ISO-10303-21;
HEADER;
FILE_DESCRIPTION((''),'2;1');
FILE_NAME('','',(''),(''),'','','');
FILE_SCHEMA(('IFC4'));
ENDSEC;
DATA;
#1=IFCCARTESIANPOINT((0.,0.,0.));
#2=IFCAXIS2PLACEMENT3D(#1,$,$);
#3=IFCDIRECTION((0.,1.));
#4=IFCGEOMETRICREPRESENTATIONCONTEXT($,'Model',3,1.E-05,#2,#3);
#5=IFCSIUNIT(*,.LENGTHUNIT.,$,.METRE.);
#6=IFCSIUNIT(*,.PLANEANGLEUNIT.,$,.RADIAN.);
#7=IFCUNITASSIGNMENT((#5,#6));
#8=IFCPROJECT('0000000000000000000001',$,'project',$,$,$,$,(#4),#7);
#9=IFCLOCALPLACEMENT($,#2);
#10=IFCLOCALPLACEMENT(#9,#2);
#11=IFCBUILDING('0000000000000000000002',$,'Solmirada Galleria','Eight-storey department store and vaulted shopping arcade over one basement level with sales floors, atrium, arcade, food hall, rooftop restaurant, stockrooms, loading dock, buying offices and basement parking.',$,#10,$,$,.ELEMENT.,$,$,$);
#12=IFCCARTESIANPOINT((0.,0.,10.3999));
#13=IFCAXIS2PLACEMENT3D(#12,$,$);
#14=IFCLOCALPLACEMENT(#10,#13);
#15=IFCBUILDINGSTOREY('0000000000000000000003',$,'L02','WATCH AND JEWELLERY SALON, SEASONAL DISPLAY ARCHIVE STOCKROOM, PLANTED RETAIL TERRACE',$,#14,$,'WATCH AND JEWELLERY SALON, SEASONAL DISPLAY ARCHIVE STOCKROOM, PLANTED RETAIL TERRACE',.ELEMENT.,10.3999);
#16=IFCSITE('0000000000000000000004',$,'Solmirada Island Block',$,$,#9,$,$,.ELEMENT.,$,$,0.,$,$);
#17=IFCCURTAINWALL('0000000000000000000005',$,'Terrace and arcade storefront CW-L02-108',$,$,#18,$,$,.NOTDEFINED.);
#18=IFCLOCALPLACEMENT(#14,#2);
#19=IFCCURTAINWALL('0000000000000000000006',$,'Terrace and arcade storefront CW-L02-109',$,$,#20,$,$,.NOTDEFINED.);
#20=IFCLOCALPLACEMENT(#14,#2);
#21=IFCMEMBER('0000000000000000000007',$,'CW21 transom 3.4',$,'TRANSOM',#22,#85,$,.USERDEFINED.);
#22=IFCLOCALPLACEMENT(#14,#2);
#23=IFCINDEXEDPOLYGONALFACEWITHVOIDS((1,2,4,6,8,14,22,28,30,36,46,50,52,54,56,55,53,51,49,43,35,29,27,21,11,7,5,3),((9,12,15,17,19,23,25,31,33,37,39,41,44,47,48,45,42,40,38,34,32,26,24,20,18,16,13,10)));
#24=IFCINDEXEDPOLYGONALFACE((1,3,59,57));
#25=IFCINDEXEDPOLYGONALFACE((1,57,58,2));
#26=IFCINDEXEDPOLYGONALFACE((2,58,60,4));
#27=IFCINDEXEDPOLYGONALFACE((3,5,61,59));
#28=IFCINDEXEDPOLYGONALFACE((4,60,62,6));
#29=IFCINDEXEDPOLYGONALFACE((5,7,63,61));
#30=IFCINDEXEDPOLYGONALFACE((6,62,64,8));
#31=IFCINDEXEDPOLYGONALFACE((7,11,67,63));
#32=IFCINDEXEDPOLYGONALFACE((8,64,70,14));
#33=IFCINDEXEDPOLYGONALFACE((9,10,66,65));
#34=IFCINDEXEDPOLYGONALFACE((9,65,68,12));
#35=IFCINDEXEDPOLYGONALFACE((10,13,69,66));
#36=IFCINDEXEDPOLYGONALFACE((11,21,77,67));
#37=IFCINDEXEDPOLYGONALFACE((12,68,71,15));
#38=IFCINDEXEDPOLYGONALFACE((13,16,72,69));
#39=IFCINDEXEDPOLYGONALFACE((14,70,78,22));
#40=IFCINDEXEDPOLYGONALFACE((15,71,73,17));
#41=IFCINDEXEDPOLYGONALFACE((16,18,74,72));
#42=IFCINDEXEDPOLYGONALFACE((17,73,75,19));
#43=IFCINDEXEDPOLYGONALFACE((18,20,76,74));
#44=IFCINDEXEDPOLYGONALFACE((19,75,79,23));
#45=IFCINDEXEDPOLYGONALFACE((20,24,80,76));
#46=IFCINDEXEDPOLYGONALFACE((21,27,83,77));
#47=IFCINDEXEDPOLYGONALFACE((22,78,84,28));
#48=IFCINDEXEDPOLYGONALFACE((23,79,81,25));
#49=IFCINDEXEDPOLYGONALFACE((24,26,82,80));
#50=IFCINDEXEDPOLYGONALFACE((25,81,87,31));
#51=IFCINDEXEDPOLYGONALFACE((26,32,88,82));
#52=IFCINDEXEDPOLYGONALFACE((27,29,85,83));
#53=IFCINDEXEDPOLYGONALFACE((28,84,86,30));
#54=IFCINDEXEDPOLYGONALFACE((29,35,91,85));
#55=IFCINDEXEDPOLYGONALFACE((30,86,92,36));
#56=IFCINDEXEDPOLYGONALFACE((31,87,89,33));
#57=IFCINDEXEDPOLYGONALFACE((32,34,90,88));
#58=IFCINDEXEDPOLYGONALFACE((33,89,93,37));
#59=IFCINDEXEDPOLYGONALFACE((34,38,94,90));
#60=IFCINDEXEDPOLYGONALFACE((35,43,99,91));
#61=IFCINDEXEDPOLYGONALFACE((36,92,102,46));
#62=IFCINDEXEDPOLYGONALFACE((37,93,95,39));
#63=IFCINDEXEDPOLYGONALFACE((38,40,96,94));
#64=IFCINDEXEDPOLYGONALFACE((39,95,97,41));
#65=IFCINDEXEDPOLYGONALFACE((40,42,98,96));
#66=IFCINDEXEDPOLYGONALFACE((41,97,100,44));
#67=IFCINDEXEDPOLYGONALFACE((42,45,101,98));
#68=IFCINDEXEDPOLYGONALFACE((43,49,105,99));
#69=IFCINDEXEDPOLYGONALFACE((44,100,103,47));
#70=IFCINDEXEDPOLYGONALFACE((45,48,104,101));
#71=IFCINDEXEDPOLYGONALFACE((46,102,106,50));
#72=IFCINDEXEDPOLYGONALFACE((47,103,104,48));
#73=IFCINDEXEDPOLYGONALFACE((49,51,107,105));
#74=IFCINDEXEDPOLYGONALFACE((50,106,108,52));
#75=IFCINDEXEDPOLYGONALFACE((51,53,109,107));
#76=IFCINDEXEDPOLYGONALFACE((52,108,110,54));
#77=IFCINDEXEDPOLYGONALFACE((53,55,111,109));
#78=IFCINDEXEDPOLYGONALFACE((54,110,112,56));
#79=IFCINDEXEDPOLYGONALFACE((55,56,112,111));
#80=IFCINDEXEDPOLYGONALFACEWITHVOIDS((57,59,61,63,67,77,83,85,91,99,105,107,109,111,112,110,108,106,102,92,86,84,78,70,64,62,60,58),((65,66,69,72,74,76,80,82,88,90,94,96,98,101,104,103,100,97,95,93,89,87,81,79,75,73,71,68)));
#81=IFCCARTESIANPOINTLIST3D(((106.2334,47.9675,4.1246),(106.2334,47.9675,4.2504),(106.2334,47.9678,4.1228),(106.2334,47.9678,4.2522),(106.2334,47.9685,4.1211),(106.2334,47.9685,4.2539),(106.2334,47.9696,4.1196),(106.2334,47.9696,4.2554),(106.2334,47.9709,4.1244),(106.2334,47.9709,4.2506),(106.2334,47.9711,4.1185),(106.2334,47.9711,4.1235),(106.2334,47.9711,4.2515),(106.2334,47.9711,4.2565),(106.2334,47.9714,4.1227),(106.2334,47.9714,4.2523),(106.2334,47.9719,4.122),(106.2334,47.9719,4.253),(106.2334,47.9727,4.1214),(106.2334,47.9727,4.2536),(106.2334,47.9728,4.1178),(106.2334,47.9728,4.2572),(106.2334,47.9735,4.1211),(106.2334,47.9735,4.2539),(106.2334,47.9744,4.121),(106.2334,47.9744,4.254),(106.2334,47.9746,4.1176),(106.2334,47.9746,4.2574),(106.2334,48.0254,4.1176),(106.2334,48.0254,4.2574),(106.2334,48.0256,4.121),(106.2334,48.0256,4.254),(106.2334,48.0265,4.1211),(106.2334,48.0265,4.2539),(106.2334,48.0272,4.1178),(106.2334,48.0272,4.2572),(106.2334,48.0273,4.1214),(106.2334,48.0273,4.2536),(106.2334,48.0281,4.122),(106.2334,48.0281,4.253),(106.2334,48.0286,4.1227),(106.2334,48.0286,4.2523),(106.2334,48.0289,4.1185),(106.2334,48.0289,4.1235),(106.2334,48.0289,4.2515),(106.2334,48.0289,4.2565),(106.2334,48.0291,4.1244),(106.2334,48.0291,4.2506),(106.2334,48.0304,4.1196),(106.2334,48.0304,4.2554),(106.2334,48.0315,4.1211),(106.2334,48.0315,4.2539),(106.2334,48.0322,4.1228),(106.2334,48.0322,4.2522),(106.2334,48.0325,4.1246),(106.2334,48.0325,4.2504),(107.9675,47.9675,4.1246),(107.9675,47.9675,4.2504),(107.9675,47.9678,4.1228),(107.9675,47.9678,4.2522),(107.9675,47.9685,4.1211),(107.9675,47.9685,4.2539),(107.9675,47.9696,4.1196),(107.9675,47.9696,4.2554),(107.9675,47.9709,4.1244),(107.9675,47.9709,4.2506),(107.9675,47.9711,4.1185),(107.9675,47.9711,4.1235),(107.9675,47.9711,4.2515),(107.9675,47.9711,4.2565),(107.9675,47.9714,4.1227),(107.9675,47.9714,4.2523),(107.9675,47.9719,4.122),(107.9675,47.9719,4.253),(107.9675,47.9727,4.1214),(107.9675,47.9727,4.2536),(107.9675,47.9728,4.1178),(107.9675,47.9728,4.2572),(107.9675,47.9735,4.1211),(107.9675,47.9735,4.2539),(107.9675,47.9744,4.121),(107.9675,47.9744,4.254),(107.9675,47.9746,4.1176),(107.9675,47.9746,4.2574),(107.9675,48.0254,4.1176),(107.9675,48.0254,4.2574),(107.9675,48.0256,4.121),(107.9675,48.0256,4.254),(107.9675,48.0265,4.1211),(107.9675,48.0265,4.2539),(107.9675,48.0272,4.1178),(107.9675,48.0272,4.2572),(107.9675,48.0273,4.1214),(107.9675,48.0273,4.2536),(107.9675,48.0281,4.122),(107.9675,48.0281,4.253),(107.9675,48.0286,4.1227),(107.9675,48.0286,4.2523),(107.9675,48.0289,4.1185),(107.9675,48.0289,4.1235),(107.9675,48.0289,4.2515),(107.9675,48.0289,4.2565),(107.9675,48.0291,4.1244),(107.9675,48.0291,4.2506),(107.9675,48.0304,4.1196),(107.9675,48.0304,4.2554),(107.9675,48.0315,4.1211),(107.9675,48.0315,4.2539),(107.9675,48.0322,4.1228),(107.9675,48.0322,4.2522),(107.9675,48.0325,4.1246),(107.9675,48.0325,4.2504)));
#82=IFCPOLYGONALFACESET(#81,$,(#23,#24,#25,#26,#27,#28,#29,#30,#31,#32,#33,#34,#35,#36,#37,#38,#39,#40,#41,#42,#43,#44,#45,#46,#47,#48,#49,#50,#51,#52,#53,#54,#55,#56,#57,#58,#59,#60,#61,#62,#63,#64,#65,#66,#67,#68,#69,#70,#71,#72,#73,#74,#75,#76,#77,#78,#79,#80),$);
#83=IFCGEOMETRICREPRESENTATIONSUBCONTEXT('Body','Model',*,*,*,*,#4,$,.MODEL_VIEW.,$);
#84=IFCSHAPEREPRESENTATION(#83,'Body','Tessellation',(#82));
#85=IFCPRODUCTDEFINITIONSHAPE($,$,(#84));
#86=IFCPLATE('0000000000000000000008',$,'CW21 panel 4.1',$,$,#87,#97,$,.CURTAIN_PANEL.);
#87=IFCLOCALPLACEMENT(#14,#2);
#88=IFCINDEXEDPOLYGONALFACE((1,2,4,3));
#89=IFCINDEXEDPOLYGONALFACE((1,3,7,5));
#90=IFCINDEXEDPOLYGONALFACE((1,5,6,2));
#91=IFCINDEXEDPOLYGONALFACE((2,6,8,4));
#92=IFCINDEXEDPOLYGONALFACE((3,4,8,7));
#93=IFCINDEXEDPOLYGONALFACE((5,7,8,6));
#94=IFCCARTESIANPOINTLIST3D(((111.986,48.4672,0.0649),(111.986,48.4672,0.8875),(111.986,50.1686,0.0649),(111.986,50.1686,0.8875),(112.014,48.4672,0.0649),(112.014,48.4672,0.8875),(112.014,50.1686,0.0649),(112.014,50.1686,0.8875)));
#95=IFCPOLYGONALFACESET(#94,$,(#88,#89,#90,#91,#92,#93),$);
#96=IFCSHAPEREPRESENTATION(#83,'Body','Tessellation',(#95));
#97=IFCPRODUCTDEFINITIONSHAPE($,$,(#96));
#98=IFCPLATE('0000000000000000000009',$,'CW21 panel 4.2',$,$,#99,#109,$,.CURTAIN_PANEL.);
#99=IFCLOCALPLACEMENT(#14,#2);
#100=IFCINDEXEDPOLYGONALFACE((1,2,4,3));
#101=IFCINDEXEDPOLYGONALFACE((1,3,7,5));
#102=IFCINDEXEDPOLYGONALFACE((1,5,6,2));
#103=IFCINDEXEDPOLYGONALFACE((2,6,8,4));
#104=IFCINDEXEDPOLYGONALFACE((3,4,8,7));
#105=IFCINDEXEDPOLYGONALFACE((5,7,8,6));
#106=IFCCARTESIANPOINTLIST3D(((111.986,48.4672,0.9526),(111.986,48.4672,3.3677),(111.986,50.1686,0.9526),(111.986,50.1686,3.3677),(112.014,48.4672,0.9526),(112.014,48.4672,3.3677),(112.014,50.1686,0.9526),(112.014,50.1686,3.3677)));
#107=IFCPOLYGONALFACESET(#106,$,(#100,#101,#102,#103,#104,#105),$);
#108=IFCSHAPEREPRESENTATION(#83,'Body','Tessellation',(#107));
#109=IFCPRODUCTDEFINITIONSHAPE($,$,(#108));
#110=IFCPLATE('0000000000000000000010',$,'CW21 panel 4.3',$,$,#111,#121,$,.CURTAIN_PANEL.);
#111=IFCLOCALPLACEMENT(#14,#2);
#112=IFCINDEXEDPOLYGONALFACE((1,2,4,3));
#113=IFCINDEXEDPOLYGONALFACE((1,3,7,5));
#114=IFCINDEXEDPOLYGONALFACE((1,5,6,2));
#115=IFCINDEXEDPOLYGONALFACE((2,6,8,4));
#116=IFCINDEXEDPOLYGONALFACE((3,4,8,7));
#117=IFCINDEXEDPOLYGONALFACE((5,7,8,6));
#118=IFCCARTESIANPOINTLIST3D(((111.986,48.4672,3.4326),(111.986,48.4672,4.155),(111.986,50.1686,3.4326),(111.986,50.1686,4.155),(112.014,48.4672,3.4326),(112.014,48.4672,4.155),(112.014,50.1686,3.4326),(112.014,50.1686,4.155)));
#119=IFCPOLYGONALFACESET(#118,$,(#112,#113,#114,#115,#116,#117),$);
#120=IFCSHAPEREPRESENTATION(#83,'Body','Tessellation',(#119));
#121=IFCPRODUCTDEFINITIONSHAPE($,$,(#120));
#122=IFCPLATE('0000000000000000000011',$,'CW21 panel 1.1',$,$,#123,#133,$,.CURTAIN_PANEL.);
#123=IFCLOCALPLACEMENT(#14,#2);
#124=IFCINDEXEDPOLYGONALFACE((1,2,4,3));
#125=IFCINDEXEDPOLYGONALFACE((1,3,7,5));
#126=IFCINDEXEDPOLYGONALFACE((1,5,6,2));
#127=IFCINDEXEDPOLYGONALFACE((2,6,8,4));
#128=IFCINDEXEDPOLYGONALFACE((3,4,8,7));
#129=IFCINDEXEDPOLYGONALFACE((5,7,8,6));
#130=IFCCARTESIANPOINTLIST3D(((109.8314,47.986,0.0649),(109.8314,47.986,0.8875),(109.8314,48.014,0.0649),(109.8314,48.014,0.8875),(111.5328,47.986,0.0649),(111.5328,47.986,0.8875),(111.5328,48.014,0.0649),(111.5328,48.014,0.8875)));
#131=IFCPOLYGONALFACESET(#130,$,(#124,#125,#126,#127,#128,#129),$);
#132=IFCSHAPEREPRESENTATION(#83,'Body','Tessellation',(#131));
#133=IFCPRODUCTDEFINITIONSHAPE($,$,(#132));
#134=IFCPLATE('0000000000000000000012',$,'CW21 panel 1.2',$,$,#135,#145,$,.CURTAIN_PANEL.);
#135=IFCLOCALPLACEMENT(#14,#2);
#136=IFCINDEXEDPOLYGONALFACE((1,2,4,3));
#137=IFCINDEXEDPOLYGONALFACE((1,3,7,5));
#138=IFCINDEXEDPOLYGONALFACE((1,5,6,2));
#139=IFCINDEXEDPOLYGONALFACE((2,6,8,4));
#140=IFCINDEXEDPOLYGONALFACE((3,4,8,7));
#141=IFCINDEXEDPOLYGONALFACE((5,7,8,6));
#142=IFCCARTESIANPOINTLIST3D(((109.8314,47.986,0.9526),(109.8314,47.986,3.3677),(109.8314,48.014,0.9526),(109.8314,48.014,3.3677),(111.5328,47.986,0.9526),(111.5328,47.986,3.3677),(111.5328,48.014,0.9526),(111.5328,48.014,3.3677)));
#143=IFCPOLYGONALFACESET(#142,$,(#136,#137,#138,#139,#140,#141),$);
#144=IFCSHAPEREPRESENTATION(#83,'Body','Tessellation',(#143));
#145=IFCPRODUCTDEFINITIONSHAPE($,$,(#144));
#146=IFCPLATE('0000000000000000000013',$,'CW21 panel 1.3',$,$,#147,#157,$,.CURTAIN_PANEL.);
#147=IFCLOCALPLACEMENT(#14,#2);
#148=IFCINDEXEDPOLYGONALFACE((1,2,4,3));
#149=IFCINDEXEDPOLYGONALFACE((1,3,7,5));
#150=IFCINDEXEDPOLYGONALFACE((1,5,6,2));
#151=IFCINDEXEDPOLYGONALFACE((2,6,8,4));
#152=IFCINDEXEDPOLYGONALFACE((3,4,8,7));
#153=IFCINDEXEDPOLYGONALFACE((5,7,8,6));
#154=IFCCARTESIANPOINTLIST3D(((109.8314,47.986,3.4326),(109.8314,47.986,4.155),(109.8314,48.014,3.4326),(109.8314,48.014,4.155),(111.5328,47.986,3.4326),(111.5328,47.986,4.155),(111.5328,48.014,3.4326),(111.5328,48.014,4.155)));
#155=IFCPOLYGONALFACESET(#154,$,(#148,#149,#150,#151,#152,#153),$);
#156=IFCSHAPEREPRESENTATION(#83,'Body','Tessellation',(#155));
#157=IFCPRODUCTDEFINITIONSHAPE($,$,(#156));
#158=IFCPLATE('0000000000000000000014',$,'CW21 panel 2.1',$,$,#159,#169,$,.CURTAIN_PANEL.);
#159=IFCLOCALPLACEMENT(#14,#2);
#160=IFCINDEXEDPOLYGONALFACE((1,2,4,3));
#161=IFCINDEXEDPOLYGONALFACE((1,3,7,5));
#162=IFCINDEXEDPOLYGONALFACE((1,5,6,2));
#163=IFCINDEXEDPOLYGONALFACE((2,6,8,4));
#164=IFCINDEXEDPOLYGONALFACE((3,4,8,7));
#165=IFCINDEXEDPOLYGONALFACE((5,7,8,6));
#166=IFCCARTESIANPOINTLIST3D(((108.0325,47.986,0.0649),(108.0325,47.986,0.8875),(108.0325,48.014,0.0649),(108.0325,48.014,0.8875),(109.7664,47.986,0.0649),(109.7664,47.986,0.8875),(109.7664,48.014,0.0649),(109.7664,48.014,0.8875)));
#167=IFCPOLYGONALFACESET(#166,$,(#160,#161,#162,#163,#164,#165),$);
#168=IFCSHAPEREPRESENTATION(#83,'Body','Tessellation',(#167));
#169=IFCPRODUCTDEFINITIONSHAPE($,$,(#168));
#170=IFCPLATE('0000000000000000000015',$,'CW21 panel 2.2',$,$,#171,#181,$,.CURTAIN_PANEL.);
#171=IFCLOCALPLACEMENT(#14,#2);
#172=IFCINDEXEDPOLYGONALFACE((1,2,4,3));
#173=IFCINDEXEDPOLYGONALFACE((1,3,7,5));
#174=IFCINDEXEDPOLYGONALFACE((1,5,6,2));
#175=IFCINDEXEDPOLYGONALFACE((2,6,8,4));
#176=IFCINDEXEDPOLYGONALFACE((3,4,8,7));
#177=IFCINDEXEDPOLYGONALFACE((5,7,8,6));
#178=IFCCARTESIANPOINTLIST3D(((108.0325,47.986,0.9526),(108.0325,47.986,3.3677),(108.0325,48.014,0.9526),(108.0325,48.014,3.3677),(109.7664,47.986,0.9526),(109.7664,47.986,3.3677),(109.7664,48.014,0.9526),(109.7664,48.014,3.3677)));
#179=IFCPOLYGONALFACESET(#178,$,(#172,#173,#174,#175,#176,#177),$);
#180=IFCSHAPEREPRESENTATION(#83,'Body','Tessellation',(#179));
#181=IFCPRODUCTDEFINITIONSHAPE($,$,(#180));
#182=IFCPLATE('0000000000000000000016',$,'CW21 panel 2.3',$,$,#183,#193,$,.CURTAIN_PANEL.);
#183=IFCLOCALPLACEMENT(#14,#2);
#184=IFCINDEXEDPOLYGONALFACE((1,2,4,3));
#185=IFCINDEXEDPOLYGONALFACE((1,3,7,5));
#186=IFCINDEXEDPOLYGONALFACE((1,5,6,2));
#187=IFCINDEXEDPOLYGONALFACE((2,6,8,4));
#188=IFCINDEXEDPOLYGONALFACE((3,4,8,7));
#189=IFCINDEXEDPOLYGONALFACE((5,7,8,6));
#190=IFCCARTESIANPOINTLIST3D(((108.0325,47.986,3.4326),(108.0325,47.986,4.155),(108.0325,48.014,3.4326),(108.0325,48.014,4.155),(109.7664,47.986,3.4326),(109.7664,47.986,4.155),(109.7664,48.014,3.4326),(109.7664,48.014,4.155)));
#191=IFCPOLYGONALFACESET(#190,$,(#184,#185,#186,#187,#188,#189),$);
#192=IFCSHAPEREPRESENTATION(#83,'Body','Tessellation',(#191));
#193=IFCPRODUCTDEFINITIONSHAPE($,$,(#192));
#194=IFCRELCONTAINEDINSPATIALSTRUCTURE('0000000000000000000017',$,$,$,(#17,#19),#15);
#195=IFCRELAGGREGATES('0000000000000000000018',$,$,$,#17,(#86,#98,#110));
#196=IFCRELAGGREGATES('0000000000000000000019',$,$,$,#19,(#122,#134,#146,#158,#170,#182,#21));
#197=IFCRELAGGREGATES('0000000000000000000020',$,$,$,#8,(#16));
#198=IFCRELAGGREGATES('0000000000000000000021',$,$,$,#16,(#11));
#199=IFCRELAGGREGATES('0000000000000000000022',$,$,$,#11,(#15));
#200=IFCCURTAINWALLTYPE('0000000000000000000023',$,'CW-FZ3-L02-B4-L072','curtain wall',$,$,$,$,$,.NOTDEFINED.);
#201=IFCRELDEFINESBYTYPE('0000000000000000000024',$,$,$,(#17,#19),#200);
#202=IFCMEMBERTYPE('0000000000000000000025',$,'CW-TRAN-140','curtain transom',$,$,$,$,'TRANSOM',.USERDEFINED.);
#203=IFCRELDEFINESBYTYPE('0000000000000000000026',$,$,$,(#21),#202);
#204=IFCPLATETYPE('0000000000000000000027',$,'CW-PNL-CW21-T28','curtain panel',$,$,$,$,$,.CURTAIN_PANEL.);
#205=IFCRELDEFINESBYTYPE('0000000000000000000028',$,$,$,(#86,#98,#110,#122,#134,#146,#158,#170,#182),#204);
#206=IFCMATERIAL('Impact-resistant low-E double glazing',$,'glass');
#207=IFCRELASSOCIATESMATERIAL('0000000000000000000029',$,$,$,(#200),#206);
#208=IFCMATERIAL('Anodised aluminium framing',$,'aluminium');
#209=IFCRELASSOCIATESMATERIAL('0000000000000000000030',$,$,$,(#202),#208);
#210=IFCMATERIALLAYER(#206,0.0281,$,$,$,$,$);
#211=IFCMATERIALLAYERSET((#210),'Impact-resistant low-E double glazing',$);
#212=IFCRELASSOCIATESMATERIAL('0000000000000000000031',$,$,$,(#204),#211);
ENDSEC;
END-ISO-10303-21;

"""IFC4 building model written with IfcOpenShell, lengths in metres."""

from ifc_helpers import new_model, si_unit, direction, frame, origin, origin_2d, place, context, subcontext, project, spatial, rectangle, hollow_rectangle, extrude, material, layer, layer_set, material_profile, profile_set, type_object, element, aggregate, save


model = new_model("IFC4")

# Units and contexts
model_context = context("Model", 3, precision=1e-05, world=origin(), true_north=direction((0.0, 1.0)))
body_context = subcontext(model_context, "Body", "Model", "MODEL_VIEW")
ifc_project = project(units=[si_unit("LENGTHUNIT", "METRE"), si_unit("PLANEANGLEUNIT", "RADIAN")], contexts=[model_context])

# Site, building, storey
site_placement = place(None, origin())
site = spatial("IfcSite", under=ifc_project, at=site_placement, Name="Solmirada Island Block", CompositionType="ELEMENT", RefElevation=0.0)
building_placement = place(site_placement, origin())
building = spatial("IfcBuilding", under=site, at=building_placement, Name="Solmirada Galleria", Description="Eight-storey department store and vaulted shopping arcade over one basement level with sales floors, atrium, arcade, food hall, rooftop restaurant, stockrooms, loading dock, buying offices and basement parking.", CompositionType="ELEMENT")
storey_placement = place(building_placement, frame((0.0, 0.0, 10.3999)))
storey = spatial("IfcBuildingStorey", under=building, at=storey_placement, Name="L02", Description="WATCH AND JEWELLERY SALON, SEASONAL DISPLAY ARCHIVE STOCKROOM, PLANTED RETAIL TERRACE", LongName="WATCH AND JEWELLERY SALON, SEASONAL DISPLAY ARCHIVE STOCKROOM, PLANTED RETAIL TERRACE", CompositionType="ELEMENT", Elevation=10.3999)

# Curtain walls
ifc_material_1 = material(Name="Impact-resistant low-E double glazing", Category="glass")
curtain_wall_type = type_object("IfcCurtainWallType", Name="CW-FZ3-L02-B4-L072", Description="curtain wall", PredefinedType="NOTDEFINED", material=ifc_material_1)
curtain_wall_1_placement = place(storey_placement, origin())
curtain_wall_1 = element("IfcCurtainWall", 1, at=curtain_wall_1_placement, inside=storey, type_object=curtain_wall_type, Name="Terrace and arcade storefront CW-L02-108", PredefinedType="NOTDEFINED")
ifc_material_2 = material(Name="Anodised aluminium framing", Category="aluminium")
curtain_wall_2_placement = place(storey_placement, origin())
curtain_wall_2 = element("IfcCurtainWall", 2, at=curtain_wall_2_placement, inside=storey, type_object=curtain_wall_type, Name="Terrace and arcade storefront CW-L02-109", PredefinedType="NOTDEFINED")

# Member
ifc_material_profile_1 = material_profile(ifc_material_2, hollow_rectangle(XDim=0.0649, YDim=0.1399, WallThickness=0.0034, InnerFilletRadius=0.0034, OuterFilletRadius=0.0071, at=origin_2d()), Name="ALU-TRAN-140X65")
ifc_profile_set_1 = profile_set([ifc_material_profile_1], Name="Anodised aluminium framing")
member_type_1 = type_object("IfcMemberType", Name="CW-TRAN-140", Description="curtain transom", ElementType="TRANSOM", PredefinedType="USERDEFINED", material=ifc_profile_set_1)
member_1_placement = place(storey_placement, frame((107.9675, 48.0, 4.1875), z_axis=(-1.0, 0.0, 0.0), x_axis=(0.0, -1.0, 0.0)))
member_1 = element("IfcMember", 3, at=member_1_placement, type_object=member_type_1, Name="CW21 transom 3.4", ObjectType="TRANSOM", PredefinedType="USERDEFINED", context=body_context, shape_type="SweptSolid", body=[
    extrude(hollow_rectangle(XDim=0.0649, YDim=0.1399, WallThickness=0.0034, InnerFilletRadius=0.0034, OuterFilletRadius=0.0071, at=origin_2d()), origin(), (0.0, 0.0, 1.0), 1.7341),
])

# Plates
ifc_layer_1 = layer(ifc_material_1, 0.0281)
ifc_layer_set_1 = layer_set([ifc_layer_1], Name="Impact-resistant low-E double glazing")
plate_type = type_object("IfcPlateType", Name="CW-PNL-CW21-T28", Description="curtain panel", PredefinedType="CURTAIN_PANEL", material=ifc_layer_set_1)
plate_1_placement = place(storey_placement, frame((112.0, 49.3179, 0.0649), z_axis=(0.0, 0.0, 1.0), x_axis=(0.0, -1.0, 0.0)))
plate_1 = element("IfcPlate", 4, at=plate_1_placement, type_object=plate_type, Name="CW21 panel 4.1", PredefinedType="CURTAIN_PANEL", context=body_context, shape_type="SweptSolid", body=[
    extrude(rectangle(XDim=1.7014, YDim=0.0281, at=origin_2d()), origin(), (0.0, 0.0, 1.0), 0.8225),
])
plate_2_placement = place(storey_placement, frame((112.0, 49.3179, 0.9526), z_axis=(0.0, 0.0, 1.0), x_axis=(0.0, -1.0, 0.0)))
plate_2 = element("IfcPlate", 5, at=plate_2_placement, type_object=plate_type, Name="CW21 panel 4.2", PredefinedType="CURTAIN_PANEL", context=body_context, shape_type="SweptSolid", body=[
    extrude(rectangle(XDim=1.7014, YDim=0.0281, at=origin_2d()), origin(), (0.0, 0.0, 1.0), 2.415),
])
plate_3_placement = place(storey_placement, frame((112.0, 49.3179, 3.4326), z_axis=(0.0, 0.0, 1.0), x_axis=(0.0, -1.0, 0.0)))
plate_3 = element("IfcPlate", 6, at=plate_3_placement, type_object=plate_type, Name="CW21 panel 4.3", PredefinedType="CURTAIN_PANEL", context=body_context, shape_type="SweptSolid", body=[
    extrude(rectangle(XDim=1.7014, YDim=0.0281, at=origin_2d()), origin(), (0.0, 0.0, 1.0), 0.7224),
])
aggregate(curtain_wall_1, [plate_1, plate_2, plate_3])
plate_4_placement = place(storey_placement, frame((110.6821, 48.0, 0.0649), z_axis=(0.0, 0.0, 1.0), x_axis=(-1.0, 0.0, 0.0)))
plate_4 = element("IfcPlate", 7, at=plate_4_placement, type_object=plate_type, Name="CW21 panel 1.1", PredefinedType="CURTAIN_PANEL", context=body_context, shape_type="SweptSolid", body=[
    extrude(rectangle(XDim=1.7014, YDim=0.0281, at=origin_2d()), origin(), (0.0, 0.0, 1.0), 0.8225),
])
plate_5_placement = place(storey_placement, frame((110.6821, 48.0, 0.9526), z_axis=(0.0, 0.0, 1.0), x_axis=(-1.0, 0.0, 0.0)))
plate_5 = element("IfcPlate", 8, at=plate_5_placement, type_object=plate_type, Name="CW21 panel 1.2", PredefinedType="CURTAIN_PANEL", context=body_context, shape_type="SweptSolid", body=[
    extrude(rectangle(XDim=1.7014, YDim=0.0281, at=origin_2d()), origin(), (0.0, 0.0, 1.0), 2.415),
])
plate_6_placement = place(storey_placement, frame((110.6821, 48.0, 3.4326), z_axis=(0.0, 0.0, 1.0), x_axis=(-1.0, 0.0, 0.0)))
plate_6 = element("IfcPlate", 9, at=plate_6_placement, type_object=plate_type, Name="CW21 panel 1.3", PredefinedType="CURTAIN_PANEL", context=body_context, shape_type="SweptSolid", body=[
    extrude(rectangle(XDim=1.7014, YDim=0.0281, at=origin_2d()), origin(), (0.0, 0.0, 1.0), 0.7224),
])
plate_7_placement = place(storey_placement, frame((108.8994, 48.0, 0.0649), z_axis=(0.0, 0.0, 1.0), x_axis=(-1.0, 0.0, 0.0)))
plate_7 = element("IfcPlate", 10, at=plate_7_placement, type_object=plate_type, Name="CW21 panel 2.1", PredefinedType="CURTAIN_PANEL", context=body_context, shape_type="SweptSolid", body=[
    extrude(rectangle(XDim=1.7339, YDim=0.0281, at=origin_2d()), origin(), (0.0, 0.0, 1.0), 0.8225),
])
plate_8_placement = place(storey_placement, frame((108.8994, 48.0, 0.9526), z_axis=(0.0, 0.0, 1.0), x_axis=(-1.0, 0.0, 0.0)))
plate_8 = element("IfcPlate", 11, at=plate_8_placement, type_object=plate_type, Name="CW21 panel 2.2", PredefinedType="CURTAIN_PANEL", context=body_context, shape_type="SweptSolid", body=[
    extrude(rectangle(XDim=1.7339, YDim=0.0281, at=origin_2d()), origin(), (0.0, 0.0, 1.0), 2.415),
])
plate_9_placement = place(storey_placement, frame((108.8994, 48.0, 3.4326), z_axis=(0.0, 0.0, 1.0), x_axis=(-1.0, 0.0, 0.0)))
plate_9 = element("IfcPlate", 12, at=plate_9_placement, type_object=plate_type, Name="CW21 panel 2.3", PredefinedType="CURTAIN_PANEL", context=body_context, shape_type="SweptSolid", body=[
    extrude(rectangle(XDim=1.7339, YDim=0.0281, at=origin_2d()), origin(), (0.0, 0.0, 1.0), 0.7224),
])
aggregate(curtain_wall_2, [plate_4, plate_5, plate_6, plate_7, plate_8, plate_9, member_1])

save(model, "model.ifc")
